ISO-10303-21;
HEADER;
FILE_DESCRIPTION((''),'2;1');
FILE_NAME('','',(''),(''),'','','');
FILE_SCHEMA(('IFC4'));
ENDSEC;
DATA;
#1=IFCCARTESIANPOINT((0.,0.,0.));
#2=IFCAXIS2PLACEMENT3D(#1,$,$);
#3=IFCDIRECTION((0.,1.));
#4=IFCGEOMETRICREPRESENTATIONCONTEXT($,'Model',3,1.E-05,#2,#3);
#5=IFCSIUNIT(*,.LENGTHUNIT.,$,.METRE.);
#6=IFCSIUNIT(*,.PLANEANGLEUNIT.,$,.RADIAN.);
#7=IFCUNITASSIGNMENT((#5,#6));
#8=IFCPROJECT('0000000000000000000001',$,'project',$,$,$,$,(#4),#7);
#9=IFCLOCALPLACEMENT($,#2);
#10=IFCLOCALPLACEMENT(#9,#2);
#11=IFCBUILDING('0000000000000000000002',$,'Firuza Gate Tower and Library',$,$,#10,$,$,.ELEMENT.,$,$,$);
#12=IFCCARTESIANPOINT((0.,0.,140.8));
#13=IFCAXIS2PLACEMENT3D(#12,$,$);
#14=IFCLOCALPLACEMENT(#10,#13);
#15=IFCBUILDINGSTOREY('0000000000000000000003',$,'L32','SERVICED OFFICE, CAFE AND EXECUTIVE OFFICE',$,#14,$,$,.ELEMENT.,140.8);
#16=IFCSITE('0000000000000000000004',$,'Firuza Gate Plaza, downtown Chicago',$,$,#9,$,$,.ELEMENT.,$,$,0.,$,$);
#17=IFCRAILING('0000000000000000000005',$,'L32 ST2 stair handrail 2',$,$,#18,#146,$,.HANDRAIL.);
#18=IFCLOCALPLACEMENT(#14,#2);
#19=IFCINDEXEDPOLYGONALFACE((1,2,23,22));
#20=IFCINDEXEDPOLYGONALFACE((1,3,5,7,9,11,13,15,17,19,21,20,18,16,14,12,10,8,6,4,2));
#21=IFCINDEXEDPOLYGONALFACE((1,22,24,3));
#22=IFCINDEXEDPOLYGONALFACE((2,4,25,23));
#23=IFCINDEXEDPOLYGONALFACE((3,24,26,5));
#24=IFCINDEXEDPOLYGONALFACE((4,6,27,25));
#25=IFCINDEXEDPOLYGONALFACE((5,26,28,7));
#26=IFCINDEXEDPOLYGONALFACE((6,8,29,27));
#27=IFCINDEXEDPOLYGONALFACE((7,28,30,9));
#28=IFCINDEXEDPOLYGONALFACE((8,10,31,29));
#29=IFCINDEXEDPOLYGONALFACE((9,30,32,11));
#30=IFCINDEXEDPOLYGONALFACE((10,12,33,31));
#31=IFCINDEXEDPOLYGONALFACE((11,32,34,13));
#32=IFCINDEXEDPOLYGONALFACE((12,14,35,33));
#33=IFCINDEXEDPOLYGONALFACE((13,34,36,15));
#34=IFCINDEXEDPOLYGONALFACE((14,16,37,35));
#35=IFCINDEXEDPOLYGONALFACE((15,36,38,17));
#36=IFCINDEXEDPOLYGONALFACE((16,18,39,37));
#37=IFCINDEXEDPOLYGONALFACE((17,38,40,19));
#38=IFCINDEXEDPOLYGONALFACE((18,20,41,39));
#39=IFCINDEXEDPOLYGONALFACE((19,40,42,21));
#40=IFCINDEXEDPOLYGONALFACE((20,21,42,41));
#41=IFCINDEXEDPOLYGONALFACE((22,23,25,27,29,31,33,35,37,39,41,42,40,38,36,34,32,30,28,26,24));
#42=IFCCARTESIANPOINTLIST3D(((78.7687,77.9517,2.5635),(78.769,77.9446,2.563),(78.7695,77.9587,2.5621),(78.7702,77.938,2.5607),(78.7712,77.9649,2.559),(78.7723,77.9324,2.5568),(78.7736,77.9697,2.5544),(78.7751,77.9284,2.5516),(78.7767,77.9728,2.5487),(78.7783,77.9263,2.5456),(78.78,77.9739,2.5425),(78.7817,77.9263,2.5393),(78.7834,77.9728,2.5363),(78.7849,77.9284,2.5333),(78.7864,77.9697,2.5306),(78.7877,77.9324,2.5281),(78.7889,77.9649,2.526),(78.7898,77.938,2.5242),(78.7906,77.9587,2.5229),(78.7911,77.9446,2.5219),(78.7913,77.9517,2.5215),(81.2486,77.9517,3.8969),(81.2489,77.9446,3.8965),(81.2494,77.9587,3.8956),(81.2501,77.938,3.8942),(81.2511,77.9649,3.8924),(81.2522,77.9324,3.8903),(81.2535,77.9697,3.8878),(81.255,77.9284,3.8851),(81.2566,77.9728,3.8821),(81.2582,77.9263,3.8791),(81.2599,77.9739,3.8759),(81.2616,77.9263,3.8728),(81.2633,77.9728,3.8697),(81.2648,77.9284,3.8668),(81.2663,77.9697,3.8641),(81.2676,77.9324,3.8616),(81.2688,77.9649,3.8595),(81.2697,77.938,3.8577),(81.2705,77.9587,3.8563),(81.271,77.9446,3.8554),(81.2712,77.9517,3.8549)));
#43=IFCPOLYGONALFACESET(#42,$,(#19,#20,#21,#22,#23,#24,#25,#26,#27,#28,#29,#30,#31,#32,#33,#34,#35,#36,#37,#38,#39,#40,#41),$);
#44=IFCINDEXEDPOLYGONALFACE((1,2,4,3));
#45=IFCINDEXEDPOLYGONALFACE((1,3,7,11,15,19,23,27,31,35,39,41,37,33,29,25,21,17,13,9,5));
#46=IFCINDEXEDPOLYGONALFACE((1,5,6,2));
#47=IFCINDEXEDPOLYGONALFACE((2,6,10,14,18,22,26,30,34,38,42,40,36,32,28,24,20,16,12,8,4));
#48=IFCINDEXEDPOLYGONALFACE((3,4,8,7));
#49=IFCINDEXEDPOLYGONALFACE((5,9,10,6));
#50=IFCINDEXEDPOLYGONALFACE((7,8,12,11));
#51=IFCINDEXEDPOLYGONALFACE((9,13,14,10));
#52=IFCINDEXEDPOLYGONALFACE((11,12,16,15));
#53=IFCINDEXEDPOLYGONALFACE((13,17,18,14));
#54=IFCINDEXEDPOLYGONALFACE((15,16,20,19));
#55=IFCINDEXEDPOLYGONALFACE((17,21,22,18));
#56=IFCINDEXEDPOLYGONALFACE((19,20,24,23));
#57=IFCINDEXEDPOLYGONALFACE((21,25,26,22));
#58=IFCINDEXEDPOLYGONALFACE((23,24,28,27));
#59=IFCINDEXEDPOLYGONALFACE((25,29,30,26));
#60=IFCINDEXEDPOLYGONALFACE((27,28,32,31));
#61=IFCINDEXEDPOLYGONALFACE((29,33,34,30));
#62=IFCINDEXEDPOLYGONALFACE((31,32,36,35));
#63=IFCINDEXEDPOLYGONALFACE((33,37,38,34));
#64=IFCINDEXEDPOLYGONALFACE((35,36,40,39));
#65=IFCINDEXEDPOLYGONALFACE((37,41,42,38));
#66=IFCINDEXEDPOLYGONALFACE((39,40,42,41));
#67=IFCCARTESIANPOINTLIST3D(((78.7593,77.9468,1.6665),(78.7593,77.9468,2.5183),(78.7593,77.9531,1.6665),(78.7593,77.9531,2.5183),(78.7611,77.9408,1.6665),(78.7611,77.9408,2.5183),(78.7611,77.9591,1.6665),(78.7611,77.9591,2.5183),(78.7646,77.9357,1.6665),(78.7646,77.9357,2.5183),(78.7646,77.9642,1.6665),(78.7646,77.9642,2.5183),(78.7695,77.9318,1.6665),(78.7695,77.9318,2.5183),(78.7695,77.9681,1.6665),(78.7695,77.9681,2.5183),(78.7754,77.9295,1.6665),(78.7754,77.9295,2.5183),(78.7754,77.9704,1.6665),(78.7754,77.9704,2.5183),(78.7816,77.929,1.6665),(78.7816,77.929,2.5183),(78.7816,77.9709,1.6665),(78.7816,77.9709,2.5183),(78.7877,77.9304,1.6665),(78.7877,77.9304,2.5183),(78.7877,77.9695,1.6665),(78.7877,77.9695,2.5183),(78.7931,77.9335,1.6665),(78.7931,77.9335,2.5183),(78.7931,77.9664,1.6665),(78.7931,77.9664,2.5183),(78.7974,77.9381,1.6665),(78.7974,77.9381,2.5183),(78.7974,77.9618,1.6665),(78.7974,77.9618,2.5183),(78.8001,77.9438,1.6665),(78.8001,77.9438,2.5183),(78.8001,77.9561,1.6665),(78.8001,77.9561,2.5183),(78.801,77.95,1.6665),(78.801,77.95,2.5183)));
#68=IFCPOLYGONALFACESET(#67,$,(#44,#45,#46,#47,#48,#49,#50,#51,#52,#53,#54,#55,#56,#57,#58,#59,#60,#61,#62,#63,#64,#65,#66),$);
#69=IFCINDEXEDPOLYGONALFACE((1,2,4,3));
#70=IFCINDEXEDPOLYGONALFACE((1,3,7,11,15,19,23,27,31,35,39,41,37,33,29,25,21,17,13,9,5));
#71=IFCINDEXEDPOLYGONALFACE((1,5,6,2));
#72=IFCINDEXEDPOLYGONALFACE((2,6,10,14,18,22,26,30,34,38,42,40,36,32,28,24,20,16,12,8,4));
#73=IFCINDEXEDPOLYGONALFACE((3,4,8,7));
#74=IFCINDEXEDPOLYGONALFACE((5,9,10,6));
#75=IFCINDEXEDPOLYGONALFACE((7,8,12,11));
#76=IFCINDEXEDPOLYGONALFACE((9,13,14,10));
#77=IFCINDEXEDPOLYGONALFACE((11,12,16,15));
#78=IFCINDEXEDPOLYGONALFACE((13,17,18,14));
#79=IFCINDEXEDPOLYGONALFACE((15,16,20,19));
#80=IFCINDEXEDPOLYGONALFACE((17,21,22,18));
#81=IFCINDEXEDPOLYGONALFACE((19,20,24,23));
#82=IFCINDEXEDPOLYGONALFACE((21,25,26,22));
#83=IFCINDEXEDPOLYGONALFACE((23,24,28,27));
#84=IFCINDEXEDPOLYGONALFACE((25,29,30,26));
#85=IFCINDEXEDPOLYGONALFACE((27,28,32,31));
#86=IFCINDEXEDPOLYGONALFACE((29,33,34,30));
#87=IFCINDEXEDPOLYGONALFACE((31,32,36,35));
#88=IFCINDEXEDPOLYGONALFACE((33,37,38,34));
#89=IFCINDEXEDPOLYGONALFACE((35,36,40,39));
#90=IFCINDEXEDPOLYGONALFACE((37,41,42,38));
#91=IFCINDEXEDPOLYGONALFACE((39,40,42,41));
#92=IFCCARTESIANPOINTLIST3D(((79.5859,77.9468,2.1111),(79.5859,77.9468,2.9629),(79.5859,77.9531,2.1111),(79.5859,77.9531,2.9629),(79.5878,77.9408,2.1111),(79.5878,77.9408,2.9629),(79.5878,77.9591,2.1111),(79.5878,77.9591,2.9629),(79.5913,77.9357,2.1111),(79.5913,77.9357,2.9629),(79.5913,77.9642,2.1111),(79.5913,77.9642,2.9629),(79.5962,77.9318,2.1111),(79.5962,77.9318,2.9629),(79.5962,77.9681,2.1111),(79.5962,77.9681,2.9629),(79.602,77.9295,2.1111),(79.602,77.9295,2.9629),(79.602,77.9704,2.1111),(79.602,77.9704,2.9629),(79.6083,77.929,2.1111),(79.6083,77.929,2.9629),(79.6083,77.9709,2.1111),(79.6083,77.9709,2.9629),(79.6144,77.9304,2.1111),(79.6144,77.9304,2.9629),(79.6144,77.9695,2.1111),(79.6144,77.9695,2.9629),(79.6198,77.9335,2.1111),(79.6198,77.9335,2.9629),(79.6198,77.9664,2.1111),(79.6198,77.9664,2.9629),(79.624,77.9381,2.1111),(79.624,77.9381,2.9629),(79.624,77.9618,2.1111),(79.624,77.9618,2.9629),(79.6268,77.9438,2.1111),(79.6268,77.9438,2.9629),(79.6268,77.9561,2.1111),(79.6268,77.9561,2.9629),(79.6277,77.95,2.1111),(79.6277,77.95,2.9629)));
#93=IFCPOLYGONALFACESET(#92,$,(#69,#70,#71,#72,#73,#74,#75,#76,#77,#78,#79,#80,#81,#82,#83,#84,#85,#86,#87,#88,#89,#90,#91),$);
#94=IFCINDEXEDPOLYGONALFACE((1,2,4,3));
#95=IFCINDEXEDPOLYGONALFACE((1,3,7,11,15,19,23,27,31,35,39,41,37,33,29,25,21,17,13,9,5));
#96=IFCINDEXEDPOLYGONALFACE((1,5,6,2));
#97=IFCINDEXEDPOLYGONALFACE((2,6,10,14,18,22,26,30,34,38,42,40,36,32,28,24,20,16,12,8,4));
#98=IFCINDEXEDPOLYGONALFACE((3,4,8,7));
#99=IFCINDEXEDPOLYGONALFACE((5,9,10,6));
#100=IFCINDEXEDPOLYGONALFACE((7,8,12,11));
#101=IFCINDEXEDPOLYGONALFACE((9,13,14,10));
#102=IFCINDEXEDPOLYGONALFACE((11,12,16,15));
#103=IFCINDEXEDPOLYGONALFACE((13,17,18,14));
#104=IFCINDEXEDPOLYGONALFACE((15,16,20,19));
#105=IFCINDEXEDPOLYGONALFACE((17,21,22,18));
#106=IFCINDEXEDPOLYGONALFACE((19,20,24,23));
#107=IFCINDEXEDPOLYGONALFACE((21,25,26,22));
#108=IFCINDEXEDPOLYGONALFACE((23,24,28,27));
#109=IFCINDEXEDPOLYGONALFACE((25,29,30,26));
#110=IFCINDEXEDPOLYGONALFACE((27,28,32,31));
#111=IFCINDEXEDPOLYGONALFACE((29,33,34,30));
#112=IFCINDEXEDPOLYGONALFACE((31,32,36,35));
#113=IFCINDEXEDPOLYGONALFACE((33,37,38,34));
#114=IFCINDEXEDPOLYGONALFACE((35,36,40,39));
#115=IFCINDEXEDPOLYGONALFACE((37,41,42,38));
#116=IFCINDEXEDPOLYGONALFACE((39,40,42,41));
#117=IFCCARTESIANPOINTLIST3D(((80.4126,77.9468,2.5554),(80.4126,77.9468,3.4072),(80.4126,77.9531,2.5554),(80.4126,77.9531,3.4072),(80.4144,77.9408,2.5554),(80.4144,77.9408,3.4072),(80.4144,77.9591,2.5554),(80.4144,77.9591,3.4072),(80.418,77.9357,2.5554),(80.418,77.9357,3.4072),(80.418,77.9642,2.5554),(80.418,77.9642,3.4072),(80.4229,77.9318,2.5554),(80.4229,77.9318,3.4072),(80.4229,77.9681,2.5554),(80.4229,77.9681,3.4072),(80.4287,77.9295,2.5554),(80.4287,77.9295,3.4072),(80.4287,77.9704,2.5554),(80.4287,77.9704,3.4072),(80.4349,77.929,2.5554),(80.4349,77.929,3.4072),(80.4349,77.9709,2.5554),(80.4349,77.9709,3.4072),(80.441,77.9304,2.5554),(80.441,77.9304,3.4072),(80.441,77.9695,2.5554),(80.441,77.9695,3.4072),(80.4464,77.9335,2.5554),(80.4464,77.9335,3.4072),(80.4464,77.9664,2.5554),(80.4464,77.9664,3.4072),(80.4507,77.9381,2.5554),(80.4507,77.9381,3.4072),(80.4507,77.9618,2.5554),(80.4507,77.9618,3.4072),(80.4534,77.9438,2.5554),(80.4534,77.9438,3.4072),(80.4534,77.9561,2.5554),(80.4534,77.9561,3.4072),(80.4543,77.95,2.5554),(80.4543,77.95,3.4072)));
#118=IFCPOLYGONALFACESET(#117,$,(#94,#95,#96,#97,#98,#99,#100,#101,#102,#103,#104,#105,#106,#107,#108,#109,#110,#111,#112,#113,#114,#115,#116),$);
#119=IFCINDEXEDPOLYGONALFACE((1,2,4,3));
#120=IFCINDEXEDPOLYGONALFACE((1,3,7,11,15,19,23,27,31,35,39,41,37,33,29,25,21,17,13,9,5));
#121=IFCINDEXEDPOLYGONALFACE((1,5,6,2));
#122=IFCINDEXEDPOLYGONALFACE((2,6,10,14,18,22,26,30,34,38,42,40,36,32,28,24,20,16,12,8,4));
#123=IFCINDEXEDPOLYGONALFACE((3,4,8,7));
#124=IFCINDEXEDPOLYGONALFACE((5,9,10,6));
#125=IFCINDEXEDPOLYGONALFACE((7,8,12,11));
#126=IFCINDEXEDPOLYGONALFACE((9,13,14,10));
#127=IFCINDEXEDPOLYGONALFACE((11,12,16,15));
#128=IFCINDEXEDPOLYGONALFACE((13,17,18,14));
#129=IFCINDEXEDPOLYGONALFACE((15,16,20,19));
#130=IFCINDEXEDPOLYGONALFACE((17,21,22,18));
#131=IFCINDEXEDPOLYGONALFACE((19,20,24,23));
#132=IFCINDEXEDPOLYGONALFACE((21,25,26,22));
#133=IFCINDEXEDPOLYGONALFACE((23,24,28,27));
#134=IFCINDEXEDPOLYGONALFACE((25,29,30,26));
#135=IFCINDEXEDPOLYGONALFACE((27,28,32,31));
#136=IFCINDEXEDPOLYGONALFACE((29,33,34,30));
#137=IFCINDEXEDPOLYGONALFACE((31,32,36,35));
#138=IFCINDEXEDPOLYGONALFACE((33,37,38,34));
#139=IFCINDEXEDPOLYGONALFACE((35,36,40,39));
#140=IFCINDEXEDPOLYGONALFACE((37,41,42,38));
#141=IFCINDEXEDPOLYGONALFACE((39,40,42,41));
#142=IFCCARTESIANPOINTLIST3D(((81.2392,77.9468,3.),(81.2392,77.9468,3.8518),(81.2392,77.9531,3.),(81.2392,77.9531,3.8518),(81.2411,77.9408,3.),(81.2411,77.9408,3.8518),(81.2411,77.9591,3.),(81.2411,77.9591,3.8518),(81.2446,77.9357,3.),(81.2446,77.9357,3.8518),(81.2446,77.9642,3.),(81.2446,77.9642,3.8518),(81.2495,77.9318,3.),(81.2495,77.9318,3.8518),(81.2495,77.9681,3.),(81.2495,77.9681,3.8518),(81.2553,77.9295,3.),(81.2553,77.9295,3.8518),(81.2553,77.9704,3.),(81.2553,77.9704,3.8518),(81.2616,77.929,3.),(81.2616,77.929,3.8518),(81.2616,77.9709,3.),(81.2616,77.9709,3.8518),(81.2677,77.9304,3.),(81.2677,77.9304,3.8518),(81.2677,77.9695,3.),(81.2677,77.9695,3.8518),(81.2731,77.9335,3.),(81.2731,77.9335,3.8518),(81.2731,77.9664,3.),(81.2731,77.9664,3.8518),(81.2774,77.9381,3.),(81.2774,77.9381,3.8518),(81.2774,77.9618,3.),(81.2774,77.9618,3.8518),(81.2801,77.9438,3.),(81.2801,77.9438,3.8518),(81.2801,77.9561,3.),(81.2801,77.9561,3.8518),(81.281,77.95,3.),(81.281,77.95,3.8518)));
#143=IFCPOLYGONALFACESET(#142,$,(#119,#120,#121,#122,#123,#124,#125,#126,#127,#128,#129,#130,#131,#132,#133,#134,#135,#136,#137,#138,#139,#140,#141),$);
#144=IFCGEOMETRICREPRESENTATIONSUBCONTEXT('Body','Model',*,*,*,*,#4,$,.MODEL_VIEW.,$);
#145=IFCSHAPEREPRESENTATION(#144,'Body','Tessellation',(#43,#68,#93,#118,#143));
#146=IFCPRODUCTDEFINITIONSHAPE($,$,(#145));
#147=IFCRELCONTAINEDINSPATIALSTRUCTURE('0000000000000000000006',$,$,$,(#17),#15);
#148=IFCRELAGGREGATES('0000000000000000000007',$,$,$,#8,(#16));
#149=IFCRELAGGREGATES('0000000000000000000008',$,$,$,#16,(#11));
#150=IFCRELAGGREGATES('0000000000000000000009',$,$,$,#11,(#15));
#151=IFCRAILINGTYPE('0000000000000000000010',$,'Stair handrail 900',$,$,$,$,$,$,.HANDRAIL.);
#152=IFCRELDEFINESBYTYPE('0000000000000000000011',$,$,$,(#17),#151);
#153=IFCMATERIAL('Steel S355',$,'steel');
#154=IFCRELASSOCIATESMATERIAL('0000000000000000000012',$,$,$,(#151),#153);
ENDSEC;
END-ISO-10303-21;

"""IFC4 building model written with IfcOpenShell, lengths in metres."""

from ifc_helpers import new_model, si_unit, direction, frame, origin, origin_2d, place, context, subcontext, project, spatial, circle, extrude, material, type_object, element, save


model = new_model("IFC4")

# Units and contexts
model_context = context("Model", 3, precision=1e-05, world=origin(), true_north=direction((0.0, 1.0)))
body_context = subcontext(model_context, "Body", "Model", "MODEL_VIEW")
ifc_project = project(units=[si_unit("LENGTHUNIT", "METRE"), si_unit("PLANEANGLEUNIT", "RADIAN")], contexts=[model_context])

# Site, building, storey
site_placement = place(None, origin())
site = spatial("IfcSite", under=ifc_project, at=site_placement, Name="Firuza Gate Plaza, downtown Chicago", CompositionType="ELEMENT", RefElevation=0.0)
building_placement = place(site_placement, origin())
building = spatial("IfcBuilding", under=site, at=building_placement, Name="Firuza Gate Tower and Library", CompositionType="ELEMENT")
storey_placement = place(building_placement, frame((0.0, 0.0, 140.8)))
storey = spatial("IfcBuildingStorey", under=building, at=storey_placement, Name="L32", Description="SERVICED OFFICE, CAFE AND EXECUTIVE OFFICE", CompositionType="ELEMENT", Elevation=140.8)

# Railing
ifc_material_1 = material(Name="Steel S355", Category="steel")
railing_type_1 = type_object("IfcRailingType", Name="Stair handrail 900", PredefinedType="HANDRAIL", material=ifc_material_1)
railing_1_placement = place(storey_placement, frame((78.78, 77.95, 1.6665)))
element("IfcRailing", 1, at=railing_1_placement, inside=storey, type_object=railing_type_1, Name="L32 ST2 stair handrail 2", PredefinedType="HANDRAIL", context=body_context, shape_type="SweptSolid", body=[
    extrude(circle(Radius=0.0239, at=origin_2d()), frame((0.0, 0.0, 0.876), z_axis=(0.880749, 0.0, 0.473583), x_axis=(0.0, 1.0, 0.0)), (0.0, 0.0, 1.0), 2.8157),
    extrude(circle(Radius=0.021, at=origin_2d()), origin(), (0.0, 0.0, 1.0), 0.8518),
    extrude(circle(Radius=0.021, at=origin_2d()), frame((0.8267, 0.0, 0.4446)), (0.0, 0.0, 1.0), 0.8518),
    extrude(circle(Radius=0.021, at=origin_2d()), frame((1.6533, 0.0, 0.8889)), (0.0, 0.0, 1.0), 0.8518),
    extrude(circle(Radius=0.021, at=origin_2d()), frame((2.48, 0.0, 1.3335)), (0.0, 0.0, 1.0), 0.8518),
])

save(model, "model.ifc")
